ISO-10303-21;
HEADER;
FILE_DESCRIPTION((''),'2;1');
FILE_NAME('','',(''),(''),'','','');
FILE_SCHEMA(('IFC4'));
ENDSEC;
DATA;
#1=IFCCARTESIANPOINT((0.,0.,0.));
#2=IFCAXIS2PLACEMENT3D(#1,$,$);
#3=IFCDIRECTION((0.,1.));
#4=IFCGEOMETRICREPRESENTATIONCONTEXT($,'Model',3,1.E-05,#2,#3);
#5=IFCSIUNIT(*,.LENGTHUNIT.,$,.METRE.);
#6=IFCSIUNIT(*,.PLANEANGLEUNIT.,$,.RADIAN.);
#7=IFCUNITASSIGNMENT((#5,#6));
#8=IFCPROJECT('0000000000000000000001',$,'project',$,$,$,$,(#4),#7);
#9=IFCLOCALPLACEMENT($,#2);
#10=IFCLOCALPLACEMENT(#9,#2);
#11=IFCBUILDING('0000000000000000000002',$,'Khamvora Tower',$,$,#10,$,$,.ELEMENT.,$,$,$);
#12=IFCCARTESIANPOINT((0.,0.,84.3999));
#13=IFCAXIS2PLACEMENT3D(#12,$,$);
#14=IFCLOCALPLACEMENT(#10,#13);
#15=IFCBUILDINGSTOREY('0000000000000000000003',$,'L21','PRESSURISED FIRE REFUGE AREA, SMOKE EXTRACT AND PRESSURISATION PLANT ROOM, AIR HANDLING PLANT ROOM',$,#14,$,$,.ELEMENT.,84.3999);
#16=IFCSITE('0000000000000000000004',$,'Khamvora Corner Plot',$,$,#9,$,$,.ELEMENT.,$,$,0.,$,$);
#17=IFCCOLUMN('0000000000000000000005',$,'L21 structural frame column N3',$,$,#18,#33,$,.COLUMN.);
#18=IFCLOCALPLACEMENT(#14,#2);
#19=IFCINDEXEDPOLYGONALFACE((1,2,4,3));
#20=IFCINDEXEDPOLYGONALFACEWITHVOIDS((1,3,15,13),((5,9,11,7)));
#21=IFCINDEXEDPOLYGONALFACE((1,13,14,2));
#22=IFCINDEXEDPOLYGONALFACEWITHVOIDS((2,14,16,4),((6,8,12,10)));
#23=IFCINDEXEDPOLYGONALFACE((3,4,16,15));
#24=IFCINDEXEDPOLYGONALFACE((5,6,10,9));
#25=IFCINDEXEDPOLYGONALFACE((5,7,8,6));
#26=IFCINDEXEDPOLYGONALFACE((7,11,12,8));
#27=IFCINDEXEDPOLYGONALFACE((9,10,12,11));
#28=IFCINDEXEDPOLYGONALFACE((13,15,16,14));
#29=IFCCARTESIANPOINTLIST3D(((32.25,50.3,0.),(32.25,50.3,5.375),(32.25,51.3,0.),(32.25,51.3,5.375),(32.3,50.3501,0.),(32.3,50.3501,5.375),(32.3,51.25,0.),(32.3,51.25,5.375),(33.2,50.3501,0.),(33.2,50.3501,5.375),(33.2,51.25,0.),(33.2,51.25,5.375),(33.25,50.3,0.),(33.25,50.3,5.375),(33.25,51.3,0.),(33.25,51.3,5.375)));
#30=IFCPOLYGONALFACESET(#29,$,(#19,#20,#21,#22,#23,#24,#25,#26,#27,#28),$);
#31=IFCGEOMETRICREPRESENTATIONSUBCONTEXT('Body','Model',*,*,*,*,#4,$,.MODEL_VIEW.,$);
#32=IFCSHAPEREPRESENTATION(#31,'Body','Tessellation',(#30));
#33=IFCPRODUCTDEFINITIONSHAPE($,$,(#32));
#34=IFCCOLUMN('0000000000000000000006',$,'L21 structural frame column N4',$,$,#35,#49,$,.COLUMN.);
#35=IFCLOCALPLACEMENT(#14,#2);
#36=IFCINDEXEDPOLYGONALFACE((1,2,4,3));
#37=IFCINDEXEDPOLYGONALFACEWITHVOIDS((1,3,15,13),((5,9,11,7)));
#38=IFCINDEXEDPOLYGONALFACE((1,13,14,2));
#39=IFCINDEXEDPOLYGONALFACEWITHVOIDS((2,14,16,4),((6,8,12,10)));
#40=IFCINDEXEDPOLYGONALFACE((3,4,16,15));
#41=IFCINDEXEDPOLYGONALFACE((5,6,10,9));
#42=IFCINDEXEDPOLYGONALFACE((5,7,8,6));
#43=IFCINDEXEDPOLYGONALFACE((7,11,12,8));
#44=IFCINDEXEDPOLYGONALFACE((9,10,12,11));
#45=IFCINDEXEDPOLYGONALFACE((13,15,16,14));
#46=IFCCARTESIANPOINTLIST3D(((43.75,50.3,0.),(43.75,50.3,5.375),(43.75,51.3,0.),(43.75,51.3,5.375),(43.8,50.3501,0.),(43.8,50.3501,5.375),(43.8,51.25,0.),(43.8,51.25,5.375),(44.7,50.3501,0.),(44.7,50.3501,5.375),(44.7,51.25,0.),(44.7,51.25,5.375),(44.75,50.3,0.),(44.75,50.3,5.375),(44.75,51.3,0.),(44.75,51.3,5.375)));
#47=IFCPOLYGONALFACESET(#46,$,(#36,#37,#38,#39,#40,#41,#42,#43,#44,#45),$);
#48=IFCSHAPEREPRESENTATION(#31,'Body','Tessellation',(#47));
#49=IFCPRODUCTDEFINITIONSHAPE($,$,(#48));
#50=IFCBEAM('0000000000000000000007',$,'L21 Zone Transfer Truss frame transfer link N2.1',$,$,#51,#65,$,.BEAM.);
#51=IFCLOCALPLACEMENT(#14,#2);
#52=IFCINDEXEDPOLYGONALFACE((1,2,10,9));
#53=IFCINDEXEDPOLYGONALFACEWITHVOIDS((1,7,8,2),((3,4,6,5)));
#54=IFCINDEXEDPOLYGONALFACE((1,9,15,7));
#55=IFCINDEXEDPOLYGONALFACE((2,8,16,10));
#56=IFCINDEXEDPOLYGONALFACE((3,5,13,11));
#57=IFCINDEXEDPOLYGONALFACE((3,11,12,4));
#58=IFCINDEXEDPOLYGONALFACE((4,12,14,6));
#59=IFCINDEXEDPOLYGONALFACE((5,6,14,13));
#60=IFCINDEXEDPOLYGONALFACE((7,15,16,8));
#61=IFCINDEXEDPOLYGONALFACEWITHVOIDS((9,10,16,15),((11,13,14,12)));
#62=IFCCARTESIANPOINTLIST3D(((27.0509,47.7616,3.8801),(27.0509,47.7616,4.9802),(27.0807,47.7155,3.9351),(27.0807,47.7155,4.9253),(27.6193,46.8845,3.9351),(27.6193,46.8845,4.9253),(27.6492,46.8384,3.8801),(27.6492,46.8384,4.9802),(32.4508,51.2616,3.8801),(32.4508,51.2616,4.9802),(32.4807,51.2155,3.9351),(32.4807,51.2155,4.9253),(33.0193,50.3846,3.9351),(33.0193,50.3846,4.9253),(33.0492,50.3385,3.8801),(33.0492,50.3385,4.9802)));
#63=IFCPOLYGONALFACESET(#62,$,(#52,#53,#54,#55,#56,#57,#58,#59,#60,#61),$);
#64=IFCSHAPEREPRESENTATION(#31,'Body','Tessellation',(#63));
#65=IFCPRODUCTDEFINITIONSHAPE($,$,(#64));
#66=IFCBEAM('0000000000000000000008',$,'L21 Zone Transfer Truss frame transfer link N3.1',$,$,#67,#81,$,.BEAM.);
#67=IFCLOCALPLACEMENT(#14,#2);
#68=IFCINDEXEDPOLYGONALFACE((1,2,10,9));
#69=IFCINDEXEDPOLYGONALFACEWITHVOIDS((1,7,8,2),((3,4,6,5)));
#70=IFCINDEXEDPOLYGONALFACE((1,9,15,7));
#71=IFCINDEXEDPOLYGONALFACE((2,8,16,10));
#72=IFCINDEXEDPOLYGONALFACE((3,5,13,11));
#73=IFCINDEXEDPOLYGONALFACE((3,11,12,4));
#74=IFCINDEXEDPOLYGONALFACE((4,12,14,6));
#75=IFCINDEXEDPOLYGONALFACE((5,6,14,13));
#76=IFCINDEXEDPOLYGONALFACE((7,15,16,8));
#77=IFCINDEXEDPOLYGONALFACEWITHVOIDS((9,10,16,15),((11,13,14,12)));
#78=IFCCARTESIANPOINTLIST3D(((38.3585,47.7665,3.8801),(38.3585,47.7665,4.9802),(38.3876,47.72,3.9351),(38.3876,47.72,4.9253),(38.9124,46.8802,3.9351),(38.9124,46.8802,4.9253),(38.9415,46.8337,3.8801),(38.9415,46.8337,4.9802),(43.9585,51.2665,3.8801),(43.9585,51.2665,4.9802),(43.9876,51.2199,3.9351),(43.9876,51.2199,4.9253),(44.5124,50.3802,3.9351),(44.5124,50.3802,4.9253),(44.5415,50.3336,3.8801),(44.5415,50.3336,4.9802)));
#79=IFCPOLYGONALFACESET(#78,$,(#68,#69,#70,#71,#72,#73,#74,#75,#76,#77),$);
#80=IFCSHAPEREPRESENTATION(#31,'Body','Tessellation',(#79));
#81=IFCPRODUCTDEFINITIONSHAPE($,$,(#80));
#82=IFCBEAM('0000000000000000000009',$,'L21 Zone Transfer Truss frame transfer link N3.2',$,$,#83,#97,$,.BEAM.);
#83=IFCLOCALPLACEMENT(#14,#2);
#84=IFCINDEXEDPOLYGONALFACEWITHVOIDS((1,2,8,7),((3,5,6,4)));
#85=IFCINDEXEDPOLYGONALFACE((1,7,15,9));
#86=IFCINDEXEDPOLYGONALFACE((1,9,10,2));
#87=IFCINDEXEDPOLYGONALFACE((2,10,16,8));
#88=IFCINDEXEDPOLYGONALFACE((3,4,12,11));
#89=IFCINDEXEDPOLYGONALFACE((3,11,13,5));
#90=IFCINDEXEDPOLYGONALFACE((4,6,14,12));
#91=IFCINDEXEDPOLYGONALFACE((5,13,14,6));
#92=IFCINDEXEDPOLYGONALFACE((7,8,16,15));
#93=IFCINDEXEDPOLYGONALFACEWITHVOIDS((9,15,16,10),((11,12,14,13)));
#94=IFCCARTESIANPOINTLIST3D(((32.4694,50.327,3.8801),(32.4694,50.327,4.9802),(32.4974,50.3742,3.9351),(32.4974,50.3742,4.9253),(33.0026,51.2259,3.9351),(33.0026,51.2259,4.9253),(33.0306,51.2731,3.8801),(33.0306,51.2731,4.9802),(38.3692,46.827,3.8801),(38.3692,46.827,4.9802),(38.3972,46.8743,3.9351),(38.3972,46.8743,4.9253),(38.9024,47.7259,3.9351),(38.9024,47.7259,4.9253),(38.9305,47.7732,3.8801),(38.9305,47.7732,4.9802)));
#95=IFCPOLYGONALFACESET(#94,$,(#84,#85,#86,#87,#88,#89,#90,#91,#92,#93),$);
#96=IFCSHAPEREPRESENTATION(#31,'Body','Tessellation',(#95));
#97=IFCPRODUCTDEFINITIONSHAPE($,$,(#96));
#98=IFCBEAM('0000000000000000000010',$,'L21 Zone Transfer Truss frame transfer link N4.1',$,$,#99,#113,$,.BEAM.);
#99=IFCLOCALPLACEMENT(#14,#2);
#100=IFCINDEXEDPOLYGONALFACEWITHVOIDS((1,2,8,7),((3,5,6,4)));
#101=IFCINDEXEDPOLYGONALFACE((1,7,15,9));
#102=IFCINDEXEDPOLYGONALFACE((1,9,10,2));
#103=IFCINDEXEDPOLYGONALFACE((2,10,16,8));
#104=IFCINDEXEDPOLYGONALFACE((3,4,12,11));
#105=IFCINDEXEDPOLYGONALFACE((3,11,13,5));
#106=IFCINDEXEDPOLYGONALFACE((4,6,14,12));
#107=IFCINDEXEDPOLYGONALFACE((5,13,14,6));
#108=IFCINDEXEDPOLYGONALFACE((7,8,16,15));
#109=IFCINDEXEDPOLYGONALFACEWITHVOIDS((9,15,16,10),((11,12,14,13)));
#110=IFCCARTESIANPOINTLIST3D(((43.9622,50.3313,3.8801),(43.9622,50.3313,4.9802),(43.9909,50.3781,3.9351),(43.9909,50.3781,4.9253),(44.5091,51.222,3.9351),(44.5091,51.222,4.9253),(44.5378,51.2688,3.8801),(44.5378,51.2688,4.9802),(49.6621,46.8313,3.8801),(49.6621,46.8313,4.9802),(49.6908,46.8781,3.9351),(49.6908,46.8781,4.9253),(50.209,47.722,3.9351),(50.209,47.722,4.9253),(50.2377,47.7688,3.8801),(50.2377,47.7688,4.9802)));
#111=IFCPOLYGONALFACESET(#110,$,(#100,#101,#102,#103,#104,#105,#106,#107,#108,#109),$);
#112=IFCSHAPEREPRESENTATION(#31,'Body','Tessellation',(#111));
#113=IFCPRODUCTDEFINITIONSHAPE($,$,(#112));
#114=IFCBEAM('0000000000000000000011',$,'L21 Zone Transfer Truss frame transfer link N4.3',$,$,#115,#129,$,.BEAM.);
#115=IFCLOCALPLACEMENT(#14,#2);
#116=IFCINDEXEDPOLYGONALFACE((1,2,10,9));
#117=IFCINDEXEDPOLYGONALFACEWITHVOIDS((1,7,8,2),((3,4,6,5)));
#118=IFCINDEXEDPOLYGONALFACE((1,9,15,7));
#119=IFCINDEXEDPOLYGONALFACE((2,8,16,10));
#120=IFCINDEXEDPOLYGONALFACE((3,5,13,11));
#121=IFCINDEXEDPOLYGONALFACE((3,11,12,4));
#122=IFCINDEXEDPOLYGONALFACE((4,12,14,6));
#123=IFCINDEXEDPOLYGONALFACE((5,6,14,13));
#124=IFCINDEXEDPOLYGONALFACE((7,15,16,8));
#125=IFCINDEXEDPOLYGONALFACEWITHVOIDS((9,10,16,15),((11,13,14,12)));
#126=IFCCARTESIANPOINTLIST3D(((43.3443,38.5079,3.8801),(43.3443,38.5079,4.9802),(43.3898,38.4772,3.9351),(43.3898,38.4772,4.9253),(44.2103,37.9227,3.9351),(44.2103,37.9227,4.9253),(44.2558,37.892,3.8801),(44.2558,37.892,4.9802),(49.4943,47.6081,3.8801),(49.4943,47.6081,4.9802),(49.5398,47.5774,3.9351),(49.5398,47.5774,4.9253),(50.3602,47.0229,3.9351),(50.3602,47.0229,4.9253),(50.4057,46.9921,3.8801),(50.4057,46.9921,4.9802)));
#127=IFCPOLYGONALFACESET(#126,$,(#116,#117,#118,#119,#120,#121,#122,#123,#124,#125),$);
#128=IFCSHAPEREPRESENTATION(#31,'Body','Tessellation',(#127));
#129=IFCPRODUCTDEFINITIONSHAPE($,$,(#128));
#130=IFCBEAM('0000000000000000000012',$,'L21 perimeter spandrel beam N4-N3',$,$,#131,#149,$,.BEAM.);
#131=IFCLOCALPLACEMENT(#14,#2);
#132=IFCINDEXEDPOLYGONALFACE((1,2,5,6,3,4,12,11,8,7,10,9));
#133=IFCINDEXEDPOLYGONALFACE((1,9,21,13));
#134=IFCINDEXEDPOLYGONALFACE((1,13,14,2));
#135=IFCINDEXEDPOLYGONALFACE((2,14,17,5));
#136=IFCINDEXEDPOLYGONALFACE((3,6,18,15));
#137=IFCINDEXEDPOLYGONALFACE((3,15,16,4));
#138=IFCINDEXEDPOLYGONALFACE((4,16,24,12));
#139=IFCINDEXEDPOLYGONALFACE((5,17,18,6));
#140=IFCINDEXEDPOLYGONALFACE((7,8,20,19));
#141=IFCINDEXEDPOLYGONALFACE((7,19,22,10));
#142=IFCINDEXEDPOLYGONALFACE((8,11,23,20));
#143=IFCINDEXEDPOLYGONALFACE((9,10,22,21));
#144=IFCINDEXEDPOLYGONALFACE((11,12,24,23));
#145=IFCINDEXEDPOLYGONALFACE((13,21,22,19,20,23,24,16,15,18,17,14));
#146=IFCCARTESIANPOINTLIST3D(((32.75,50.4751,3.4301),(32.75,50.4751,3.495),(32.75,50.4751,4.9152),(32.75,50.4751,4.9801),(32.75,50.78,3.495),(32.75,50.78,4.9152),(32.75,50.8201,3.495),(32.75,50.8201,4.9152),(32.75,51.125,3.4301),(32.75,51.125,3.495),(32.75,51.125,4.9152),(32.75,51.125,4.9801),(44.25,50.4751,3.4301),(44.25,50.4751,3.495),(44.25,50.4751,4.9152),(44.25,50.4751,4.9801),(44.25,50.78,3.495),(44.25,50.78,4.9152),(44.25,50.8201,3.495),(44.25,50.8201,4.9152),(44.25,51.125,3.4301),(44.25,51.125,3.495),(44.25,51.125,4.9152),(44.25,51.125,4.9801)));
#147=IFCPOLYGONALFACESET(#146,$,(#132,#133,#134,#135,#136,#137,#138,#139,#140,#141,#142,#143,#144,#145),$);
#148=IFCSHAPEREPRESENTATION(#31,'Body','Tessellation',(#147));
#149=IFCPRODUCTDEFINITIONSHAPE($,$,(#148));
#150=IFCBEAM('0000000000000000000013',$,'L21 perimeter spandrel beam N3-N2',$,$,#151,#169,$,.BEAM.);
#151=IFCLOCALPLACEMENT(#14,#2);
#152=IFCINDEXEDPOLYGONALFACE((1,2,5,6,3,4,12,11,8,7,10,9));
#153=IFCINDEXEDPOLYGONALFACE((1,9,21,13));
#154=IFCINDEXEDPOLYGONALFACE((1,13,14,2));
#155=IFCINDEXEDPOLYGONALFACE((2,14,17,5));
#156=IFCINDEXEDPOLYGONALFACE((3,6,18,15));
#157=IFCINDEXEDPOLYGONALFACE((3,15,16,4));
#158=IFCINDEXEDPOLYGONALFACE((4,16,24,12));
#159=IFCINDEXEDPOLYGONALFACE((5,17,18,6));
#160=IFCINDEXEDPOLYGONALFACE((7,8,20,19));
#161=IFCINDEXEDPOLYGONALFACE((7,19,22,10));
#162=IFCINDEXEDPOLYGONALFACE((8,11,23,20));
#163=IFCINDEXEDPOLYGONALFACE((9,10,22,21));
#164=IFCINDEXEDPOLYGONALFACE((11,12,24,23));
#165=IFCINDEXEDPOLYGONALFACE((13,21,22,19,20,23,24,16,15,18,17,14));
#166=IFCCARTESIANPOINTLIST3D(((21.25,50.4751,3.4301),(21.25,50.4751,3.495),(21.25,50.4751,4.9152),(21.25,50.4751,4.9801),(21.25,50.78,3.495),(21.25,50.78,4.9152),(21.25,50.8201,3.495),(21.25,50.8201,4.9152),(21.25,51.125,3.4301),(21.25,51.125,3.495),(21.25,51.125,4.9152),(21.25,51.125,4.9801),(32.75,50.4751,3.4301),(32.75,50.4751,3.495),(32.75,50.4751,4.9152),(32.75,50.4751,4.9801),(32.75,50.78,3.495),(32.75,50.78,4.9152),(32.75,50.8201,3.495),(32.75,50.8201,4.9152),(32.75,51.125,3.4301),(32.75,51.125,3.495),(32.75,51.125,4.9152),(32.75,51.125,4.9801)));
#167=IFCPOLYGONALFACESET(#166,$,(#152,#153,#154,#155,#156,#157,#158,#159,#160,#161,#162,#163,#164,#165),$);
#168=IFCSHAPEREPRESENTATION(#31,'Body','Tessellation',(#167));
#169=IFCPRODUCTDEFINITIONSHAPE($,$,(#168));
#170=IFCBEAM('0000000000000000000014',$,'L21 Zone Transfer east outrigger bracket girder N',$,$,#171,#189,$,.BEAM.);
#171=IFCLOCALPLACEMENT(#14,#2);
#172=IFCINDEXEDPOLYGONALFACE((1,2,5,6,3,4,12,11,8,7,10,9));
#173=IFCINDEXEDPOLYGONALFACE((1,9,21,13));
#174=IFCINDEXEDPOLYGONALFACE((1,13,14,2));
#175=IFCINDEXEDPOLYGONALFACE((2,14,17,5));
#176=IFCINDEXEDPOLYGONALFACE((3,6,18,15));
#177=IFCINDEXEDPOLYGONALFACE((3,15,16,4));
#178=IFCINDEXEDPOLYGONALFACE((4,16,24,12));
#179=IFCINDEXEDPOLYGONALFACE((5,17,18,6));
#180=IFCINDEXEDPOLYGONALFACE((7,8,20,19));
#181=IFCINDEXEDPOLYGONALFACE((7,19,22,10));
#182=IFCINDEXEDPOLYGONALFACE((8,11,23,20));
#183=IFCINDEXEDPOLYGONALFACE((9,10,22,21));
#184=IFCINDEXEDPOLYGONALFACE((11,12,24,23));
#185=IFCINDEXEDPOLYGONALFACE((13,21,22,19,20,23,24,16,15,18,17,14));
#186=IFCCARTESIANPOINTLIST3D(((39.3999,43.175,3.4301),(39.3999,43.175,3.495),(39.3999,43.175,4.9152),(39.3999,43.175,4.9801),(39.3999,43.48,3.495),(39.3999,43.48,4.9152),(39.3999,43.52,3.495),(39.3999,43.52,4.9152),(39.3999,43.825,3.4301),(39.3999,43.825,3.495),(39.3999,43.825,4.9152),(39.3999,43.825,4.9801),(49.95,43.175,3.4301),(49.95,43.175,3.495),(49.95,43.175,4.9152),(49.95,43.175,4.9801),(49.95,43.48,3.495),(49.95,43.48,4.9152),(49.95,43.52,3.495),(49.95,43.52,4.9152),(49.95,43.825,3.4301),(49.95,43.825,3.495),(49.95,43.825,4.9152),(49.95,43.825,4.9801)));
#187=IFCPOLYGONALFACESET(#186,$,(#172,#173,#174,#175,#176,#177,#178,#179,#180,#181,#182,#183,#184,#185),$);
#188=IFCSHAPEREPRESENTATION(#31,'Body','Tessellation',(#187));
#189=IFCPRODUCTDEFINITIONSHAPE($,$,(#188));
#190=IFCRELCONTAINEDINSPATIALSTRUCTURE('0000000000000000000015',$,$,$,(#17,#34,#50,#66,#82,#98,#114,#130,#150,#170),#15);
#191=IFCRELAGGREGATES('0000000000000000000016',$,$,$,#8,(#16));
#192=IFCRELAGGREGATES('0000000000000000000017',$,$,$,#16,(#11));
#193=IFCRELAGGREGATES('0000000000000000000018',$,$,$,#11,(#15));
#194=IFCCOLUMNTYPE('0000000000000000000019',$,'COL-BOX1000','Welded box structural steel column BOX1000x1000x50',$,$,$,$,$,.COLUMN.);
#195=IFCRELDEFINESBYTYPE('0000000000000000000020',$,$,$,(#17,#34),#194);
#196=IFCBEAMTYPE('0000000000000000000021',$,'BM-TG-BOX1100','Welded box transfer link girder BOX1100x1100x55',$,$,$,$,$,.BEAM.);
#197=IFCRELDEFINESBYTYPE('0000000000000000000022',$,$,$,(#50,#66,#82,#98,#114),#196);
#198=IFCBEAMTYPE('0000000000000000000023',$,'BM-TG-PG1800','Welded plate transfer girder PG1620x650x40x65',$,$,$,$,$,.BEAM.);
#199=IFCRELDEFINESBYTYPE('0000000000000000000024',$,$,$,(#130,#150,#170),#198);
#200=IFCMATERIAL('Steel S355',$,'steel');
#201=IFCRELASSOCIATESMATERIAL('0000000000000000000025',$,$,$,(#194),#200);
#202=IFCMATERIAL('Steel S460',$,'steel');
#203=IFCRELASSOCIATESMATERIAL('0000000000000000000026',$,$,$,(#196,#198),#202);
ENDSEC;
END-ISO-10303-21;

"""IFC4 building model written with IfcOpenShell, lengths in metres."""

from ifc_helpers import new_model, si_unit, direction, frame, origin, origin_2d, place, context, subcontext, project, spatial, hollow_rectangle, i_section, extrude, material, material_profile, profile_set, type_object, element, save


model = new_model("IFC4")

# Units and contexts
model_context = context("Model", 3, precision=1e-05, world=origin(), true_north=direction((0.0, 1.0)))
body_context = subcontext(model_context, "Body", "Model", "MODEL_VIEW")
ifc_project = project(units=[si_unit("LENGTHUNIT", "METRE"), si_unit("PLANEANGLEUNIT", "RADIAN")], contexts=[model_context])

# Site, building, storey
site_placement = place(None, origin())
site = spatial("IfcSite", under=ifc_project, at=site_placement, Name="Khamvora Corner Plot", CompositionType="ELEMENT", RefElevation=0.0)
building_placement = place(site_placement, origin())
building = spatial("IfcBuilding", under=site, at=building_placement, Name="Khamvora Tower", CompositionType="ELEMENT")
storey_placement = place(building_placement, frame((0.0, 0.0, 84.3999)))
storey = spatial("IfcBuildingStorey", under=building, at=storey_placement, Name="L21", Description="PRESSURISED FIRE REFUGE AREA, SMOKE EXTRACT AND PRESSURISATION PLANT ROOM, AIR HANDLING PLANT ROOM", CompositionType="ELEMENT", Elevation=84.3999)

# Columns
ifc_material_1 = material(Name="Steel S355", Category="steel")
ifc_material_profile_1 = material_profile(ifc_material_1, hollow_rectangle(XDim=1.0, YDim=1.0, WallThickness=0.05, at=origin_2d()), Name="BOX1000x1000x50")
ifc_profile_set_1 = profile_set([ifc_material_profile_1], Name="Steel S355")
column_type = type_object("IfcColumnType", Name="COL-BOX1000", Description="Welded box structural steel column BOX1000x1000x50", PredefinedType="COLUMN", material=ifc_profile_set_1)
for number, where, z_axis, x_axis, name in (
    (1, (32.75, 50.8, 0.0), (0.0, 0.0, 1.0), (1.0, 0.0, 0.0), "L21 structural frame column N3"),
    (2, (44.25, 50.8, 0.0), (0.0, 0.0, 1.0), (1.0, 0.0, 0.0), "L21 structural frame column N4"),
):
    element("IfcColumn", number, at=place(storey_placement, frame(where, z_axis=z_axis, x_axis=x_axis)), inside=storey, type_object=column_type, Name=name, PredefinedType="COLUMN", context=body_context, shape_type="SweptSolid", body=[
        extrude(hollow_rectangle(XDim=1.0, YDim=1.0, WallThickness=0.05, at=origin_2d()), origin(), (0.0, 0.0, 1.0), 5.375),
    ])

# Beams
ifc_material_2 = material(Name="Steel S460", Category="steel")
ifc_material_profile_2 = material_profile(ifc_material_2, hollow_rectangle(XDim=1.1001, YDim=1.1001, WallThickness=0.0549, at=origin_2d()), Name="BOX1100x1100x55")
ifc_profile_set_2 = profile_set([ifc_material_profile_2], Name="Steel S460")
beam_type_1 = type_object("IfcBeamType", Name="BM-TG-BOX1100", Description="Welded box transfer link girder BOX1100x1100x55", PredefinedType="BEAM", material=ifc_profile_set_2)
beam_1_placement = place(storey_placement, frame((32.75, 50.8, 4.4302), z_axis=(-0.839148, -0.543902, 0.0), x_axis=(0.543902, -0.839148, 0.0)))
element("IfcBeam", 3, at=beam_1_placement, inside=storey, type_object=beam_type_1, Name="L21 Zone Transfer Truss frame transfer link N2.1", PredefinedType="BEAM", context=body_context, shape_type="SweptSolid", body=[
    extrude(hollow_rectangle(XDim=1.1001, YDim=1.1001, WallThickness=0.0549, at=origin_2d()), origin(), (0.0, 0.0, 1.0), 6.4351),
])
beam_2_placement = place(storey_placement, frame((44.25, 50.8, 4.4302), z_axis=(-0.848002, -0.529992, 0.0), x_axis=(0.529992, -0.848002, 0.0)))
element("IfcBeam", 4, at=beam_2_placement, inside=storey, type_object=beam_type_1, Name="L21 Zone Transfer Truss frame transfer link N3.1", PredefinedType="BEAM", context=body_context, shape_type="SweptSolid", body=[
    extrude(hollow_rectangle(XDim=1.1001, YDim=1.1001, WallThickness=0.0549, at=origin_2d()), origin(), (0.0, 0.0, 1.0), 6.6038),
])
beam_3_placement = place(storey_placement, frame((32.75, 50.8, 4.4302), z_axis=(0.860051, -0.510208, 0.0), x_axis=(0.510208, 0.860051, 0.0)))
element("IfcBeam", 5, at=beam_3_placement, inside=storey, type_object=beam_type_1, Name="L21 Zone Transfer Truss frame transfer link N3.2", PredefinedType="BEAM", context=body_context, shape_type="SweptSolid", body=[
    extrude(hollow_rectangle(XDim=1.1001, YDim=1.1001, WallThickness=0.0549, at=origin_2d()), origin(), (0.0, 0.0, 1.0), 6.8599),
])
beam_4_placement = place(storey_placement, frame((44.25, 50.8, 4.4302), z_axis=(0.852169, -0.523266, 0.0), x_axis=(0.523266, 0.852169, 0.0)))
element("IfcBeam", 6, at=beam_4_placement, inside=storey, type_object=beam_type_1, Name="L21 Zone Transfer Truss frame transfer link N4.1", PredefinedType="BEAM", context=body_context, shape_type="SweptSolid", body=[
    extrude(hollow_rectangle(XDim=1.1001, YDim=1.1001, WallThickness=0.0549, at=origin_2d()), origin(), (0.0, 0.0, 1.0), 6.6887),
])
beam_5_placement = place(storey_placement, frame((43.8, 38.2, 4.4302), z_axis=(0.559932, 0.828539, 0.0), x_axis=(-0.828539, 0.559932, 0.0)))
element("IfcBeam", 7, at=beam_5_placement, inside=storey, type_object=beam_type_1, Name="L21 Zone Transfer Truss frame transfer link N4.3", PredefinedType="BEAM", context=body_context, shape_type="SweptSolid", body=[
    extrude(hollow_rectangle(XDim=1.1001, YDim=1.1001, WallThickness=0.0549, at=origin_2d()), origin(), (0.0, 0.0, 1.0), 10.9834),
])
ifc_material_profile_3 = material_profile(ifc_material_2, i_section(OverallWidth=0.6499, OverallDepth=1.55, WebThickness=0.04, FlangeThickness=0.0649, at=origin_2d()), Name="PG1550x650x40x65")
ifc_profile_set_3 = profile_set([ifc_material_profile_3], Name="Steel S460")
beam_type_2 = type_object("IfcBeamType", Name="BM-TG-PG1800", Description="Welded plate transfer girder PG1620x650x40x65", PredefinedType="BEAM", material=ifc_profile_set_3)
for number, where, z_axis, x_axis, name in (
    (8, (44.25, 50.8, 4.2051), (-1.0, 0.0, 0.0), (0.0, -1.0, 0.0), "L21 perimeter spandrel beam N4-N3"),
    (9, (32.75, 50.8, 4.2051), (-1.0, 0.0, 0.0), (0.0, -1.0, 0.0), "L21 perimeter spandrel beam N3-N2"),
):
    element("IfcBeam", number, at=place(storey_placement, frame(where, z_axis=z_axis, x_axis=x_axis)), inside=storey, type_object=beam_type_2, Name=name, PredefinedType="BEAM", context=body_context, shape_type="SweptSolid", body=[
        extrude(i_section(OverallWidth=0.6499, OverallDepth=1.55, WebThickness=0.04, FlangeThickness=0.0649, at=origin_2d()), origin(), (0.0, 0.0, 1.0), 11.5),
    ])
beam_6_placement = place(storey_placement, frame((39.3999, 43.5, 4.2051), z_axis=(1.0, 0.0, 0.0), x_axis=(0.0, 1.0, 0.0)))
element("IfcBeam", 10, at=beam_6_placement, inside=storey, type_object=beam_type_2, Name="L21 Zone Transfer east outrigger bracket girder N", PredefinedType="BEAM", context=body_context, shape_type="SweptSolid", body=[
    extrude(i_section(OverallWidth=0.6499, OverallDepth=1.55, WebThickness=0.04, FlangeThickness=0.0649, at=origin_2d()), origin(), (0.0, 0.0, 1.0), 10.55),
])

save(model, "model.ifc")
